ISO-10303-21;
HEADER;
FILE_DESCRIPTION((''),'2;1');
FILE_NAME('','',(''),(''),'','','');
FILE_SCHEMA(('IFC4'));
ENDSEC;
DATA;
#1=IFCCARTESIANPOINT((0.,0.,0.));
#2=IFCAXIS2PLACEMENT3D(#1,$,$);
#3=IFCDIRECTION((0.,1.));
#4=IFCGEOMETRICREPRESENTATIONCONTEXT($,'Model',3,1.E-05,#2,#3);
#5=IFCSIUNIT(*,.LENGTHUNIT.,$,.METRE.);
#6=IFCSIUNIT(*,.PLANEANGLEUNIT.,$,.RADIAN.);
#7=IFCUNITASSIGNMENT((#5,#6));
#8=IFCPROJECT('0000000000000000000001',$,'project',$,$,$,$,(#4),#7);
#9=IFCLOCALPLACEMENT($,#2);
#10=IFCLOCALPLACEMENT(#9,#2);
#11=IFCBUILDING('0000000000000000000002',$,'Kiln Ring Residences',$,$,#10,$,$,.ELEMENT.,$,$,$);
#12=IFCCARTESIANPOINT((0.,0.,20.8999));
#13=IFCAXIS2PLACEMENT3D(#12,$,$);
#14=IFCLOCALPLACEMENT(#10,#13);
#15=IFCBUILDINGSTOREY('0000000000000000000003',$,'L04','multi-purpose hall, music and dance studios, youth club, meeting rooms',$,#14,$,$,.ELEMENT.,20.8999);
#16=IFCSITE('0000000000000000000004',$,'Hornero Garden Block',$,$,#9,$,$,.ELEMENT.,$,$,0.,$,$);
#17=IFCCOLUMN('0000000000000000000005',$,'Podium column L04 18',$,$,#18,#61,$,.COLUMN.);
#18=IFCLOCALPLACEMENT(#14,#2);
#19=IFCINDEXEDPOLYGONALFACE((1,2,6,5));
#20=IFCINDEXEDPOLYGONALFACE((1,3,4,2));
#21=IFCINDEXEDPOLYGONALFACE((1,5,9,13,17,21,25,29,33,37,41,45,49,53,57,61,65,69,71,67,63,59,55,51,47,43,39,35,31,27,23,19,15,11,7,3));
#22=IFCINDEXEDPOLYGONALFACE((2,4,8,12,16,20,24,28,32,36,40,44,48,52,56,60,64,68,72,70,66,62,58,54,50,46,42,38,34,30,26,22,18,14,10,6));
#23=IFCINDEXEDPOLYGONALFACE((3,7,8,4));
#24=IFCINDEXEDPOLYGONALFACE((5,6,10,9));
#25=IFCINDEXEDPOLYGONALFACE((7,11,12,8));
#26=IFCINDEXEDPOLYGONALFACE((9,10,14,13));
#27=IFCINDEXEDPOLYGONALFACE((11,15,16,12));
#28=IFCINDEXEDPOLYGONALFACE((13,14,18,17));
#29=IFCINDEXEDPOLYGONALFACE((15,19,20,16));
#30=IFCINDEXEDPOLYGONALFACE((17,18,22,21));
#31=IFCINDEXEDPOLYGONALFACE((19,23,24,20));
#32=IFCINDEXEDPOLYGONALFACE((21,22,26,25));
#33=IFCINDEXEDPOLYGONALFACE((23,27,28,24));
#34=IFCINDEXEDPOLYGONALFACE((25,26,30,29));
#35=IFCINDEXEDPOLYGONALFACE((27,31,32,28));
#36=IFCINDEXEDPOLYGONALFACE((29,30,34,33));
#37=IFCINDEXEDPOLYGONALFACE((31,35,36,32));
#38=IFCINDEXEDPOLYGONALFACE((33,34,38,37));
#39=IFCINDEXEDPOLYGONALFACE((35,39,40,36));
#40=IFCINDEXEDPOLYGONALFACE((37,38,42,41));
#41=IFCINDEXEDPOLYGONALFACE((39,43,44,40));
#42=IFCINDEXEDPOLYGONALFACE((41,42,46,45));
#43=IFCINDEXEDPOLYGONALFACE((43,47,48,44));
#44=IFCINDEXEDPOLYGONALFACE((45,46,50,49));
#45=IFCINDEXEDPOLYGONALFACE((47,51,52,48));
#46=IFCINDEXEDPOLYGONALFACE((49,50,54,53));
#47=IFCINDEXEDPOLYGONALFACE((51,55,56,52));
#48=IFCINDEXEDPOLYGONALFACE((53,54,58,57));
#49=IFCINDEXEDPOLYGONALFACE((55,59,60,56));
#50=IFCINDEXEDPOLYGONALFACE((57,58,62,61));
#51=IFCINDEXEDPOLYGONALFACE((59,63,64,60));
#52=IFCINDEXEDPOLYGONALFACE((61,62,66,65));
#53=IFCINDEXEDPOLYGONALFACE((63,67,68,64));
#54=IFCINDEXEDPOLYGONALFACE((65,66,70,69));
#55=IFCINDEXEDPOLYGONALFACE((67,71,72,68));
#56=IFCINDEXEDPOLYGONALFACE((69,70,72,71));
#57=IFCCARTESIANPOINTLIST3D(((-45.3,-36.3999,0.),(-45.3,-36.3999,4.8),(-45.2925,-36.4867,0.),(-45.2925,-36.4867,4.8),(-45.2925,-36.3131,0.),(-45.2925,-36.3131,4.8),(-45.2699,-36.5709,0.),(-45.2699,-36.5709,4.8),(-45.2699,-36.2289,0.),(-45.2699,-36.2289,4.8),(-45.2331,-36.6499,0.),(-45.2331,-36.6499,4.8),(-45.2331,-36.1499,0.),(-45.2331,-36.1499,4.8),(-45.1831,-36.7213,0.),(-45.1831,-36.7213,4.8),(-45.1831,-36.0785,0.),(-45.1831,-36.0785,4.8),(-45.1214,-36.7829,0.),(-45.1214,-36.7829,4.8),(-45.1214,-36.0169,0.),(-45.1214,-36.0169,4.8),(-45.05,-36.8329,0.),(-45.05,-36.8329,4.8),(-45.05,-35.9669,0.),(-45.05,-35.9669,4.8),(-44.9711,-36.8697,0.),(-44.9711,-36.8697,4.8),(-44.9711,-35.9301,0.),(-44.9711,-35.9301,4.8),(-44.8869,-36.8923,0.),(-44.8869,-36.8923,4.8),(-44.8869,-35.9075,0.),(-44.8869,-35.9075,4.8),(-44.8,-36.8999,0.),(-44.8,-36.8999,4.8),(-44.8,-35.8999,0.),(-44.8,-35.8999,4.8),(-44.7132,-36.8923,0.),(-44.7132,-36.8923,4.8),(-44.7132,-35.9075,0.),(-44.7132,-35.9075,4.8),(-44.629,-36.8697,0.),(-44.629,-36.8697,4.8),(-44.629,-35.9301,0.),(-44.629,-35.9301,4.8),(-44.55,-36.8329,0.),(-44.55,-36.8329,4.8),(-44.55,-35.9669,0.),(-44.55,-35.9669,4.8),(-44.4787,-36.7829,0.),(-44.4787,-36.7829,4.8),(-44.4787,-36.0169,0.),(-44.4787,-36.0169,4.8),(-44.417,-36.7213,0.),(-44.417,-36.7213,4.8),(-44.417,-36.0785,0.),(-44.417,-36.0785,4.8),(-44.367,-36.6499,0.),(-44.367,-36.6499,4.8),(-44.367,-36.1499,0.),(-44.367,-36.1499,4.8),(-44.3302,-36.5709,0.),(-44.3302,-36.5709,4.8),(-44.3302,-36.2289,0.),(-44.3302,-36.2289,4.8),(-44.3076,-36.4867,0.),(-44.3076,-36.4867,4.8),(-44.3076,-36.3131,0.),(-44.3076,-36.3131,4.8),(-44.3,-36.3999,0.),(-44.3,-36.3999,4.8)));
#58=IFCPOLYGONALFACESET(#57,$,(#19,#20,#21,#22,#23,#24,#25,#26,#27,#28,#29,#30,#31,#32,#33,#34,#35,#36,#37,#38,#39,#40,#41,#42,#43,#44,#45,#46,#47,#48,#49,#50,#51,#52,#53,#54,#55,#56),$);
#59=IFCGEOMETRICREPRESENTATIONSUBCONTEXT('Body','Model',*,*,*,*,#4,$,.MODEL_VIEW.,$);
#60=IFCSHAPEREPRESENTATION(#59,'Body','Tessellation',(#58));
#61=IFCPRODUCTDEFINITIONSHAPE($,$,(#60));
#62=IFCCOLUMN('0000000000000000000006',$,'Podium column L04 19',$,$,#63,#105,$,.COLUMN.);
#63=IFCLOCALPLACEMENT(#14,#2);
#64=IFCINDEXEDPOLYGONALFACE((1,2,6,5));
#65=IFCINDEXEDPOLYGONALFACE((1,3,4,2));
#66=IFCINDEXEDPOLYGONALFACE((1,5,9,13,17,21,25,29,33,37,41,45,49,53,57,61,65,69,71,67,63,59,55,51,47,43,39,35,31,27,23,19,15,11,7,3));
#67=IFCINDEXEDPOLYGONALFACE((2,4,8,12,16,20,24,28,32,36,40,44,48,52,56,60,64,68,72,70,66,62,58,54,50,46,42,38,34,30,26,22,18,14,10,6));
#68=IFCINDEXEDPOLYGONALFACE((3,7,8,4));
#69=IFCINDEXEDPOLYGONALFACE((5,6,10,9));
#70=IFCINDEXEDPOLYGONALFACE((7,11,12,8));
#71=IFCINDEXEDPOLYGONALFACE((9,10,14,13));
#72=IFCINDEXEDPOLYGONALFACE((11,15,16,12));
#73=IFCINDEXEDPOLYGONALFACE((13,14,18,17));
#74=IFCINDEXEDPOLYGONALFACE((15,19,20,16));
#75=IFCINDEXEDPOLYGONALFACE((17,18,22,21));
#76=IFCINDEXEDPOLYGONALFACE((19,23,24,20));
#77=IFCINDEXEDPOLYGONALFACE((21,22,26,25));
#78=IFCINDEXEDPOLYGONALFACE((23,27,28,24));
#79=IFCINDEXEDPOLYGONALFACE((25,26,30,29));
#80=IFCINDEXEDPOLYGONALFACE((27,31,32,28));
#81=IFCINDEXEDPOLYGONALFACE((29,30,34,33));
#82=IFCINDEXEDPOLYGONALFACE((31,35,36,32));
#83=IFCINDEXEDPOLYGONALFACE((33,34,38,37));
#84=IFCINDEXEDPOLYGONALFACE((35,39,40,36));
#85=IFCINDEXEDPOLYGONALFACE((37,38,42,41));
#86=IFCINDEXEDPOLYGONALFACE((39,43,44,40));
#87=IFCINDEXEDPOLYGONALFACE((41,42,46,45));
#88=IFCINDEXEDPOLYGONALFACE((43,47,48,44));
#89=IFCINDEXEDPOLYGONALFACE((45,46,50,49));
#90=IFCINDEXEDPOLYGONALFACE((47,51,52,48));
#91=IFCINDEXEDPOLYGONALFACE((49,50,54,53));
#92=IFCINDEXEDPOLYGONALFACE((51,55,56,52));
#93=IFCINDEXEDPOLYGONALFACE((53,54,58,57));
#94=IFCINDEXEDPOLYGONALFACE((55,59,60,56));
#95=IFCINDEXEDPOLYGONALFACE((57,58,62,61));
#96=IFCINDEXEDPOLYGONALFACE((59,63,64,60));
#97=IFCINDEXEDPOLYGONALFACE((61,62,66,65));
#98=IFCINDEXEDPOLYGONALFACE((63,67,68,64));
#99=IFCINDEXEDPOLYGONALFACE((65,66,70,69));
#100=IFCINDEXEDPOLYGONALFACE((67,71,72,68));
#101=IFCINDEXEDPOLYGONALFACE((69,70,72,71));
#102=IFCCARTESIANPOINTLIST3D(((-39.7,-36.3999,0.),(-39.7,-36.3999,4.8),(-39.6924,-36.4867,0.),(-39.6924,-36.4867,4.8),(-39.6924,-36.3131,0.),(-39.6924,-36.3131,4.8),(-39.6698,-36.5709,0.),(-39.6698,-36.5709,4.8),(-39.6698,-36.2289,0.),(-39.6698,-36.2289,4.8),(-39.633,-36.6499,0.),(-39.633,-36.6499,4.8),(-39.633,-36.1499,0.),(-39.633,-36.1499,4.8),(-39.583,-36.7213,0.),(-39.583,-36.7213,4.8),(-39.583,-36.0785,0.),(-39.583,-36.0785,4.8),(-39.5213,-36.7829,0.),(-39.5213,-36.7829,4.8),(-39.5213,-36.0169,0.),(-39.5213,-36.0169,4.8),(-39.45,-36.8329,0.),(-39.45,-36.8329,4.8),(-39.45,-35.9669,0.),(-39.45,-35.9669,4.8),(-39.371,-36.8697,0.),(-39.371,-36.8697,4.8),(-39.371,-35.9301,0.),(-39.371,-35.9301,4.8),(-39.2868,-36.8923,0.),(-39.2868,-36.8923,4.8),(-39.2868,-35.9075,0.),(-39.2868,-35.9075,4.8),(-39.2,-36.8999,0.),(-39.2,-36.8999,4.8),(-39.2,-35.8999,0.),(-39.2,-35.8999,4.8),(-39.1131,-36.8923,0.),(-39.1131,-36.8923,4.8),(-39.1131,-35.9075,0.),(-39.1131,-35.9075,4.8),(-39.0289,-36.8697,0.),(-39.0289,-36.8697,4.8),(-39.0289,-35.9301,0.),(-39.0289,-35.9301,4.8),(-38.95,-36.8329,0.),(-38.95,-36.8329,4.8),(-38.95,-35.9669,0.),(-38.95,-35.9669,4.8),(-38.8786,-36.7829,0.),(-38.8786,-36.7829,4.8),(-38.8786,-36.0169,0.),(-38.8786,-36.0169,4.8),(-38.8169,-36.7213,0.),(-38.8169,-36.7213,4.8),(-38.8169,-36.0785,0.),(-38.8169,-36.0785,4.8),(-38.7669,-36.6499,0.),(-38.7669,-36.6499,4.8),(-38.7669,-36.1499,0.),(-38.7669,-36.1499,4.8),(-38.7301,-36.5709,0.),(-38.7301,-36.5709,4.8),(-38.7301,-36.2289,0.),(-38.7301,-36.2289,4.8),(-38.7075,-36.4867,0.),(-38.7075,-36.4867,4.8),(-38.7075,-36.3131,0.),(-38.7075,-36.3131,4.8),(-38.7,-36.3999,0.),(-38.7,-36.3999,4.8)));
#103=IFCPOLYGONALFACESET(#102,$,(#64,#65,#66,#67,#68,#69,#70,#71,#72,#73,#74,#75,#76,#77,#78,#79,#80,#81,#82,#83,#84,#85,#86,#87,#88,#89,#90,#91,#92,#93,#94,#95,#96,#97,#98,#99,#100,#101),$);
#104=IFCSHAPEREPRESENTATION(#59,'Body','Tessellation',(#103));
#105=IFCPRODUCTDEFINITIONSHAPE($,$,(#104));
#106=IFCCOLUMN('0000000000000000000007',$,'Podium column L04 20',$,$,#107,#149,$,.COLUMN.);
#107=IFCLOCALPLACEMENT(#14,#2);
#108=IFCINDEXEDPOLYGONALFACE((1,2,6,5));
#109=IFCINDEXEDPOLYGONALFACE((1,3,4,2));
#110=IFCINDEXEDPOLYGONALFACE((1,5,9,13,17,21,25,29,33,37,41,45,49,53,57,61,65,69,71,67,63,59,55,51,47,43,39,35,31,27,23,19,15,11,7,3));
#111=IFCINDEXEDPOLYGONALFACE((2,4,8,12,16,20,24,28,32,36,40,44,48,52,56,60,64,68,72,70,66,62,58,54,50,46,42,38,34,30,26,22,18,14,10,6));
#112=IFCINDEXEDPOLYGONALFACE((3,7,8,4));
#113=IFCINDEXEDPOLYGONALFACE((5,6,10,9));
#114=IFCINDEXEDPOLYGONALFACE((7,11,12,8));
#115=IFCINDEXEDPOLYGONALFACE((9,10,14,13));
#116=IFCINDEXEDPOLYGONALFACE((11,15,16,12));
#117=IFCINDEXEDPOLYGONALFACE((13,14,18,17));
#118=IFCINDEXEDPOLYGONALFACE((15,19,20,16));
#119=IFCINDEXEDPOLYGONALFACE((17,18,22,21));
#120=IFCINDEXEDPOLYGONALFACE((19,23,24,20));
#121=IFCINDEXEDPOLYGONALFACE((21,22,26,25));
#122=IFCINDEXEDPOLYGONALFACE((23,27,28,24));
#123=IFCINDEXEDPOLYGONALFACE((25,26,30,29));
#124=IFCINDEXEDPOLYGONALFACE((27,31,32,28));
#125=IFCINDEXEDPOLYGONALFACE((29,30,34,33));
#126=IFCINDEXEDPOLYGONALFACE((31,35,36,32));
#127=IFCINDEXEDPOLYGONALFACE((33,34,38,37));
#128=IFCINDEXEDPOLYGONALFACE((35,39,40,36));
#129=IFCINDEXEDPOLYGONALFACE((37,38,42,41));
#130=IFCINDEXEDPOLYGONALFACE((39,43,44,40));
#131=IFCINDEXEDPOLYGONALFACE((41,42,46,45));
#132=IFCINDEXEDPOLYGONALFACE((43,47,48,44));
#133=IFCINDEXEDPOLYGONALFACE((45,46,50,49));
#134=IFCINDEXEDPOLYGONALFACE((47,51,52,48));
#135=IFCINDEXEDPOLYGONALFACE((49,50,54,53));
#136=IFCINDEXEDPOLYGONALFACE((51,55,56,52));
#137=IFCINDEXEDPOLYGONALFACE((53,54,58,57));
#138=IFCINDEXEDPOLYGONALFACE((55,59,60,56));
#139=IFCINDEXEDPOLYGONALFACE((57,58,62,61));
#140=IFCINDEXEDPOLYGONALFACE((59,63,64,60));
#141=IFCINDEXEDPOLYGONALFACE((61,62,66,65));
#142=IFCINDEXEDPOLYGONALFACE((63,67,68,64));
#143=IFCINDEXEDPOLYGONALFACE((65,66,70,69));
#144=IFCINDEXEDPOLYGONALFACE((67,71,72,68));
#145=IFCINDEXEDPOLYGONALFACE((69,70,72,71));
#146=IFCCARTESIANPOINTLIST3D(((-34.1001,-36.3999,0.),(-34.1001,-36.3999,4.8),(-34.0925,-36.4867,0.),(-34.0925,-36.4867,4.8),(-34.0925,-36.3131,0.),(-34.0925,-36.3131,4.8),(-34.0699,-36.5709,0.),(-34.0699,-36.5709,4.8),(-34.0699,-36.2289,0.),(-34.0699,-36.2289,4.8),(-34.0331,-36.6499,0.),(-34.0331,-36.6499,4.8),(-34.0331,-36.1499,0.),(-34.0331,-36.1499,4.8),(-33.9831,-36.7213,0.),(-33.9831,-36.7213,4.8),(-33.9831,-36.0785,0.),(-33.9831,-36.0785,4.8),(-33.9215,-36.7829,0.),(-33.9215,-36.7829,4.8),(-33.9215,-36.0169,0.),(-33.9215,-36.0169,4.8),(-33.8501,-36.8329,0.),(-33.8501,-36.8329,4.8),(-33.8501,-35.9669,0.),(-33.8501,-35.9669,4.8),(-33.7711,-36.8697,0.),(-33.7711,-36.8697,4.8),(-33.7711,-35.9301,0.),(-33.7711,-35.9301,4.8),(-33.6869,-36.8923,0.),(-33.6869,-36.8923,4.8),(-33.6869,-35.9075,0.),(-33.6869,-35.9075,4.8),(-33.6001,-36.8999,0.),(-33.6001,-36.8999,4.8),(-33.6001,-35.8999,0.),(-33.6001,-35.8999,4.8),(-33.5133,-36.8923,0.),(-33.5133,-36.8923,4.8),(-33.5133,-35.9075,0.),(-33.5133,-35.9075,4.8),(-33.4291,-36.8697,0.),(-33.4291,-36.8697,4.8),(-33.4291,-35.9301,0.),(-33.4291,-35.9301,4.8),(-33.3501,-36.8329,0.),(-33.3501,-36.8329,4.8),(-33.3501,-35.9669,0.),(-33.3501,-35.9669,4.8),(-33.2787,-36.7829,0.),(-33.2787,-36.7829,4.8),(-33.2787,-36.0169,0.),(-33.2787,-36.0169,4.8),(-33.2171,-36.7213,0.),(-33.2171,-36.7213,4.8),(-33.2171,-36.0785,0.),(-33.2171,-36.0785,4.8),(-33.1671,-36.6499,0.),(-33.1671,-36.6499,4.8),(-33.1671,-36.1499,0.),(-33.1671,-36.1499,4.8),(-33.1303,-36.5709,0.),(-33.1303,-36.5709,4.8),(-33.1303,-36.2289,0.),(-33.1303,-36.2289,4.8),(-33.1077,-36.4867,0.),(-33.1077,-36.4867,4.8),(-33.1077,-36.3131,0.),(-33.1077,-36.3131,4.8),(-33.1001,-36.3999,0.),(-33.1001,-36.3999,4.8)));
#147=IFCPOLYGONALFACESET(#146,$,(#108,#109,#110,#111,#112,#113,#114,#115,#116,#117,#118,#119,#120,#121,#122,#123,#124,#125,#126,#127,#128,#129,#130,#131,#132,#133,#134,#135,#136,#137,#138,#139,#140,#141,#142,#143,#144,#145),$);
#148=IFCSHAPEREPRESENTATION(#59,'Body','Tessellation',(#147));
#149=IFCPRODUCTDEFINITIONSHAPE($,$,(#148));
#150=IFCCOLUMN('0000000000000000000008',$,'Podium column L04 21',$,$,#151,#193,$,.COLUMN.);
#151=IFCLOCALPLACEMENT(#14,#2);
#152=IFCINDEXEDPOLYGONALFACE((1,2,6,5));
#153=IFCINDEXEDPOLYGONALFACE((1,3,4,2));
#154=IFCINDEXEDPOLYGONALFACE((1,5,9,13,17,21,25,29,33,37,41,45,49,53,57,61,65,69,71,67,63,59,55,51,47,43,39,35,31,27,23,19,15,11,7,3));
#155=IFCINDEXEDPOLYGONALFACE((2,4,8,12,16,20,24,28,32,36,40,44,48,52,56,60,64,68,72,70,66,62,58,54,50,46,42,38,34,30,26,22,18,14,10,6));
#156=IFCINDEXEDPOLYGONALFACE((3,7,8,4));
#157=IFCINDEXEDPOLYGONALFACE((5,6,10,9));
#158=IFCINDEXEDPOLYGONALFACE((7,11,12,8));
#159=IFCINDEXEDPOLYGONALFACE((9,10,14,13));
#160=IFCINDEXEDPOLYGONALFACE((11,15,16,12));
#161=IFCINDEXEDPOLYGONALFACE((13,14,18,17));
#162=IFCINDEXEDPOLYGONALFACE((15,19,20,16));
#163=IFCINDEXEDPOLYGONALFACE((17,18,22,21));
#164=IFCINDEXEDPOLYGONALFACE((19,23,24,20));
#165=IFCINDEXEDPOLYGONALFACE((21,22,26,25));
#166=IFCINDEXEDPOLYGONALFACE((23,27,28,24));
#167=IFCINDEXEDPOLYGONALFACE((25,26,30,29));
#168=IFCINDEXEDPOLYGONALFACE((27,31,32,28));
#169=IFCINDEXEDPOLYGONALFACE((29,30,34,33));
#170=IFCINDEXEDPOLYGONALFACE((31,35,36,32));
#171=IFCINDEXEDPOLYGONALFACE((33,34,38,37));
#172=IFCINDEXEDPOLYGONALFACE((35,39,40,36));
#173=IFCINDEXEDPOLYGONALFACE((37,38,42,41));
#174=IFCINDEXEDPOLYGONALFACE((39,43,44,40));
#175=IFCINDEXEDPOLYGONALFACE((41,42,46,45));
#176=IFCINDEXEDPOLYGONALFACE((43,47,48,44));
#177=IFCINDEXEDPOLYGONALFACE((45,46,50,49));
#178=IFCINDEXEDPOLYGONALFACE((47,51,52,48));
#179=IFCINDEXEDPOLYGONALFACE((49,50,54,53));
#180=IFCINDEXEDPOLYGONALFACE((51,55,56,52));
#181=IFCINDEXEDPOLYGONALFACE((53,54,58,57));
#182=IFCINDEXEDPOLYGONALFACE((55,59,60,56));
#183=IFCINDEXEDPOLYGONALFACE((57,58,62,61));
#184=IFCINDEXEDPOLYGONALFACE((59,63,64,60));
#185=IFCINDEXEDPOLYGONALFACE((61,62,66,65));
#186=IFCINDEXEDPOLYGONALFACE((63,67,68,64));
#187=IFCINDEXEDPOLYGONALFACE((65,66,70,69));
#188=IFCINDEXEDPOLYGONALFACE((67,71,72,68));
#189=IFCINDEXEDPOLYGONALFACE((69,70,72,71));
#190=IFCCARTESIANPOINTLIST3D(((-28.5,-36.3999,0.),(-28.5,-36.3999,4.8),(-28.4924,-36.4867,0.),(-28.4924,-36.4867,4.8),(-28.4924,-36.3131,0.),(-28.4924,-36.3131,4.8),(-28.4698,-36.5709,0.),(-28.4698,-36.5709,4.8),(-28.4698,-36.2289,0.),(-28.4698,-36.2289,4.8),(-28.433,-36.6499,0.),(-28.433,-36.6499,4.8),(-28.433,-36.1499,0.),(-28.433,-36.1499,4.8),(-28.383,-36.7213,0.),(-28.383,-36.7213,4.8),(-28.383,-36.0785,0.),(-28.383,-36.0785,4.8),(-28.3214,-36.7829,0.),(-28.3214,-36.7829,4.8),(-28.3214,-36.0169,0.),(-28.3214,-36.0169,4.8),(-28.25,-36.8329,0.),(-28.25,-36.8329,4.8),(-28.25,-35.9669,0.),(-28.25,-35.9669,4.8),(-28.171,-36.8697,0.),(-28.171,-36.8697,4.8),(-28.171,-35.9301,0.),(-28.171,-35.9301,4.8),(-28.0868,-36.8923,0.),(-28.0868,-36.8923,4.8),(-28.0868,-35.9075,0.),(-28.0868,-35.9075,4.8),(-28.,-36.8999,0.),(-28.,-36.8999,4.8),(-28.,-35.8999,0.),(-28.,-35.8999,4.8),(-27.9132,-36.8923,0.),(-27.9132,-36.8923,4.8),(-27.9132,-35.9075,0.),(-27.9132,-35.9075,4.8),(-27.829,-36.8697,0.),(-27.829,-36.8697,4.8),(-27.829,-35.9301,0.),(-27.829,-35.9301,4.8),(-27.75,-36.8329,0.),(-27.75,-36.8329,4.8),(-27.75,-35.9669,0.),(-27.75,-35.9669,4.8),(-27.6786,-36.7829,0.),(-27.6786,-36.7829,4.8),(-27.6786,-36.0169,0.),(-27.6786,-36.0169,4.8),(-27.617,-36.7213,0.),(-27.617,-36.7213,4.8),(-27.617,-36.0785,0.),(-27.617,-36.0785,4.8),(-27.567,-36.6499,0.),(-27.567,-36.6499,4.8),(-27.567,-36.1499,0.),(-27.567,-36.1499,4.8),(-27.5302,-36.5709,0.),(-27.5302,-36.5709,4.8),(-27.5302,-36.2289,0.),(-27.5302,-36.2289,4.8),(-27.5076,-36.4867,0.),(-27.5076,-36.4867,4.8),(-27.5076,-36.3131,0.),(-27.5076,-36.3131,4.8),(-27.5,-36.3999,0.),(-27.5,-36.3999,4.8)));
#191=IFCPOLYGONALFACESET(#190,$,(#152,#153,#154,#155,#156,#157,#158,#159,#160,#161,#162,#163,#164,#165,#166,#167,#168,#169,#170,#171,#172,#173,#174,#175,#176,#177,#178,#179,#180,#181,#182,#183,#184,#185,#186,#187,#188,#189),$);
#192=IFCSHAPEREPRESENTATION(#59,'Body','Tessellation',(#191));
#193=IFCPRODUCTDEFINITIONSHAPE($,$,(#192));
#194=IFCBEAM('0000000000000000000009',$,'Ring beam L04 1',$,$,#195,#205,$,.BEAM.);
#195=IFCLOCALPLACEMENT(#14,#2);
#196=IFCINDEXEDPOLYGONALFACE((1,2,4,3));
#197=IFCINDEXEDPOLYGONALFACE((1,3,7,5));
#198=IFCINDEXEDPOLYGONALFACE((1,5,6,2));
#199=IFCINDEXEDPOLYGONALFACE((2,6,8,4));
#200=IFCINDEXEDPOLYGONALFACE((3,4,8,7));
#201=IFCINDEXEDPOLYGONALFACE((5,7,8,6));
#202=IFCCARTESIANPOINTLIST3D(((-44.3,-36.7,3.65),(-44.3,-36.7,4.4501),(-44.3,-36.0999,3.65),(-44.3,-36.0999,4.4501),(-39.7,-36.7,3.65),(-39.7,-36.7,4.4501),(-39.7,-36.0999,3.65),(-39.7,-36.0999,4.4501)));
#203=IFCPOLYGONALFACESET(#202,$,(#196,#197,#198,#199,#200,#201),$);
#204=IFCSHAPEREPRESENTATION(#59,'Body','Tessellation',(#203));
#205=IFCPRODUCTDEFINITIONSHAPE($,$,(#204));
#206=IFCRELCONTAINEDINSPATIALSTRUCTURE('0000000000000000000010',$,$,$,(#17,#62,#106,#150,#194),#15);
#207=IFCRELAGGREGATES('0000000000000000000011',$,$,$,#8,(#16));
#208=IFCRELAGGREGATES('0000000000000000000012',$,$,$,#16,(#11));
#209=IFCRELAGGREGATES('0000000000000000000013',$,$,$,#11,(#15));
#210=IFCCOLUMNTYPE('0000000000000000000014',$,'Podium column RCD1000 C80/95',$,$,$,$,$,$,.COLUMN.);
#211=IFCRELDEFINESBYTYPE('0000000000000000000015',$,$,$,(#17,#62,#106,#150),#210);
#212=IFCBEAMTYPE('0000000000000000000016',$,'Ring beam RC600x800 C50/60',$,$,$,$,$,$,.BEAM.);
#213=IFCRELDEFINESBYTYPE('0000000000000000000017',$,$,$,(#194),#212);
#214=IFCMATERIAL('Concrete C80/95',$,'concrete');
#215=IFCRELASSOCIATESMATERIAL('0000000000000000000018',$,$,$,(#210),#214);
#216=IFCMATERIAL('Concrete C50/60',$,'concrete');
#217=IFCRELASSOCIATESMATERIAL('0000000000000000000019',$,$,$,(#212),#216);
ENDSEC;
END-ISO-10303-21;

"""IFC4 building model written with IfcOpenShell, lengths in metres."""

from ifc_helpers import new_model, si_unit, direction, frame, origin, origin_2d, place, context, subcontext, project, spatial, rectangle, circle, extrude, material, material_profile, profile_set, type_object, element, save


model = new_model("IFC4")

# Units and contexts
model_context = context("Model", 3, precision=1e-05, world=origin(), true_north=direction((0.0, 1.0)))
body_context = subcontext(model_context, "Body", "Model", "MODEL_VIEW")
ifc_project = project(units=[si_unit("LENGTHUNIT", "METRE"), si_unit("PLANEANGLEUNIT", "RADIAN")], contexts=[model_context])

# Site, building, storey
site_placement = place(None, origin())
site = spatial("IfcSite", under=ifc_project, at=site_placement, Name="Hornero Garden Block", CompositionType="ELEMENT", RefElevation=0.0)
building_placement = place(site_placement, origin())
building = spatial("IfcBuilding", under=site, at=building_placement, Name="Kiln Ring Residences", CompositionType="ELEMENT")
storey_placement = place(building_placement, frame((0.0, 0.0, 20.8999)))
storey = spatial("IfcBuildingStorey", under=building, at=storey_placement, Name="L04", Description="multi-purpose hall, music and dance studios, youth club, meeting rooms", CompositionType="ELEMENT", Elevation=20.8999)

# Columns
ifc_material_1 = material(Name="Concrete C80/95", Category="concrete")
ifc_material_profile_1 = material_profile(ifc_material_1, circle(Radius=0.5, at=origin_2d()), Name="RCD1000")
ifc_profile_set_1 = profile_set([ifc_material_profile_1], Name="Concrete C80/95")
column_type = type_object("IfcColumnType", Name="Podium column RCD1000 C80/95", PredefinedType="COLUMN", material=ifc_profile_set_1)
for number, where, z_axis, x_axis, name in (
    (1, (-44.8, -36.3999, 0.0), (0.0, 0.0, 1.0), (1.0, 0.0, 0.0), "Podium column L04 18"),
    (2, (-39.2, -36.3999, 0.0), (0.0, 0.0, 1.0), (1.0, 0.0, 0.0), "Podium column L04 19"),
    (3, (-33.6001, -36.3999, 0.0), (0.0, 0.0, 1.0), (1.0, 0.0, 0.0), "Podium column L04 20"),
    (4, (-28.0, -36.3999, 0.0), (0.0, 0.0, 1.0), (1.0, 0.0, 0.0), "Podium column L04 21"),
):
    element("IfcColumn", number, at=place(storey_placement, frame(where, z_axis=z_axis, x_axis=x_axis)), inside=storey, type_object=column_type, Name=name, PredefinedType="COLUMN", context=body_context, shape_type="SweptSolid", body=[
        extrude(circle(Radius=0.5, at=origin_2d()), origin(), (0.0, 0.0, 1.0), 4.8),
    ])

# Beam
ifc_material_2 = material(Name="Concrete C50/60", Category="concrete")
ifc_material_profile_2 = material_profile(ifc_material_2, rectangle(XDim=0.6001, YDim=0.8, at=origin_2d()), Name="RC600x800")
ifc_profile_set_2 = profile_set([ifc_material_profile_2], Name="Concrete C50/60")
beam_type = type_object("IfcBeamType", Name="Ring beam RC600x800 C50/60", PredefinedType="BEAM", material=ifc_profile_set_2)
beam_1_placement = place(storey_placement, frame((-44.3, -36.3999, 4.05), z_axis=(1.0, 0.0, 0.0), x_axis=(0.0, 1.0, 0.0)))
element("IfcBeam", 5, at=beam_1_placement, inside=storey, type_object=beam_type, Name="Ring beam L04 1", PredefinedType="BEAM", context=body_context, shape_type="SweptSolid", body=[
    extrude(rectangle(XDim=0.6001, YDim=0.8, at=origin_2d()), origin(), (0.0, 0.0, 1.0), 4.6001),
])

save(model, "model.ifc")
